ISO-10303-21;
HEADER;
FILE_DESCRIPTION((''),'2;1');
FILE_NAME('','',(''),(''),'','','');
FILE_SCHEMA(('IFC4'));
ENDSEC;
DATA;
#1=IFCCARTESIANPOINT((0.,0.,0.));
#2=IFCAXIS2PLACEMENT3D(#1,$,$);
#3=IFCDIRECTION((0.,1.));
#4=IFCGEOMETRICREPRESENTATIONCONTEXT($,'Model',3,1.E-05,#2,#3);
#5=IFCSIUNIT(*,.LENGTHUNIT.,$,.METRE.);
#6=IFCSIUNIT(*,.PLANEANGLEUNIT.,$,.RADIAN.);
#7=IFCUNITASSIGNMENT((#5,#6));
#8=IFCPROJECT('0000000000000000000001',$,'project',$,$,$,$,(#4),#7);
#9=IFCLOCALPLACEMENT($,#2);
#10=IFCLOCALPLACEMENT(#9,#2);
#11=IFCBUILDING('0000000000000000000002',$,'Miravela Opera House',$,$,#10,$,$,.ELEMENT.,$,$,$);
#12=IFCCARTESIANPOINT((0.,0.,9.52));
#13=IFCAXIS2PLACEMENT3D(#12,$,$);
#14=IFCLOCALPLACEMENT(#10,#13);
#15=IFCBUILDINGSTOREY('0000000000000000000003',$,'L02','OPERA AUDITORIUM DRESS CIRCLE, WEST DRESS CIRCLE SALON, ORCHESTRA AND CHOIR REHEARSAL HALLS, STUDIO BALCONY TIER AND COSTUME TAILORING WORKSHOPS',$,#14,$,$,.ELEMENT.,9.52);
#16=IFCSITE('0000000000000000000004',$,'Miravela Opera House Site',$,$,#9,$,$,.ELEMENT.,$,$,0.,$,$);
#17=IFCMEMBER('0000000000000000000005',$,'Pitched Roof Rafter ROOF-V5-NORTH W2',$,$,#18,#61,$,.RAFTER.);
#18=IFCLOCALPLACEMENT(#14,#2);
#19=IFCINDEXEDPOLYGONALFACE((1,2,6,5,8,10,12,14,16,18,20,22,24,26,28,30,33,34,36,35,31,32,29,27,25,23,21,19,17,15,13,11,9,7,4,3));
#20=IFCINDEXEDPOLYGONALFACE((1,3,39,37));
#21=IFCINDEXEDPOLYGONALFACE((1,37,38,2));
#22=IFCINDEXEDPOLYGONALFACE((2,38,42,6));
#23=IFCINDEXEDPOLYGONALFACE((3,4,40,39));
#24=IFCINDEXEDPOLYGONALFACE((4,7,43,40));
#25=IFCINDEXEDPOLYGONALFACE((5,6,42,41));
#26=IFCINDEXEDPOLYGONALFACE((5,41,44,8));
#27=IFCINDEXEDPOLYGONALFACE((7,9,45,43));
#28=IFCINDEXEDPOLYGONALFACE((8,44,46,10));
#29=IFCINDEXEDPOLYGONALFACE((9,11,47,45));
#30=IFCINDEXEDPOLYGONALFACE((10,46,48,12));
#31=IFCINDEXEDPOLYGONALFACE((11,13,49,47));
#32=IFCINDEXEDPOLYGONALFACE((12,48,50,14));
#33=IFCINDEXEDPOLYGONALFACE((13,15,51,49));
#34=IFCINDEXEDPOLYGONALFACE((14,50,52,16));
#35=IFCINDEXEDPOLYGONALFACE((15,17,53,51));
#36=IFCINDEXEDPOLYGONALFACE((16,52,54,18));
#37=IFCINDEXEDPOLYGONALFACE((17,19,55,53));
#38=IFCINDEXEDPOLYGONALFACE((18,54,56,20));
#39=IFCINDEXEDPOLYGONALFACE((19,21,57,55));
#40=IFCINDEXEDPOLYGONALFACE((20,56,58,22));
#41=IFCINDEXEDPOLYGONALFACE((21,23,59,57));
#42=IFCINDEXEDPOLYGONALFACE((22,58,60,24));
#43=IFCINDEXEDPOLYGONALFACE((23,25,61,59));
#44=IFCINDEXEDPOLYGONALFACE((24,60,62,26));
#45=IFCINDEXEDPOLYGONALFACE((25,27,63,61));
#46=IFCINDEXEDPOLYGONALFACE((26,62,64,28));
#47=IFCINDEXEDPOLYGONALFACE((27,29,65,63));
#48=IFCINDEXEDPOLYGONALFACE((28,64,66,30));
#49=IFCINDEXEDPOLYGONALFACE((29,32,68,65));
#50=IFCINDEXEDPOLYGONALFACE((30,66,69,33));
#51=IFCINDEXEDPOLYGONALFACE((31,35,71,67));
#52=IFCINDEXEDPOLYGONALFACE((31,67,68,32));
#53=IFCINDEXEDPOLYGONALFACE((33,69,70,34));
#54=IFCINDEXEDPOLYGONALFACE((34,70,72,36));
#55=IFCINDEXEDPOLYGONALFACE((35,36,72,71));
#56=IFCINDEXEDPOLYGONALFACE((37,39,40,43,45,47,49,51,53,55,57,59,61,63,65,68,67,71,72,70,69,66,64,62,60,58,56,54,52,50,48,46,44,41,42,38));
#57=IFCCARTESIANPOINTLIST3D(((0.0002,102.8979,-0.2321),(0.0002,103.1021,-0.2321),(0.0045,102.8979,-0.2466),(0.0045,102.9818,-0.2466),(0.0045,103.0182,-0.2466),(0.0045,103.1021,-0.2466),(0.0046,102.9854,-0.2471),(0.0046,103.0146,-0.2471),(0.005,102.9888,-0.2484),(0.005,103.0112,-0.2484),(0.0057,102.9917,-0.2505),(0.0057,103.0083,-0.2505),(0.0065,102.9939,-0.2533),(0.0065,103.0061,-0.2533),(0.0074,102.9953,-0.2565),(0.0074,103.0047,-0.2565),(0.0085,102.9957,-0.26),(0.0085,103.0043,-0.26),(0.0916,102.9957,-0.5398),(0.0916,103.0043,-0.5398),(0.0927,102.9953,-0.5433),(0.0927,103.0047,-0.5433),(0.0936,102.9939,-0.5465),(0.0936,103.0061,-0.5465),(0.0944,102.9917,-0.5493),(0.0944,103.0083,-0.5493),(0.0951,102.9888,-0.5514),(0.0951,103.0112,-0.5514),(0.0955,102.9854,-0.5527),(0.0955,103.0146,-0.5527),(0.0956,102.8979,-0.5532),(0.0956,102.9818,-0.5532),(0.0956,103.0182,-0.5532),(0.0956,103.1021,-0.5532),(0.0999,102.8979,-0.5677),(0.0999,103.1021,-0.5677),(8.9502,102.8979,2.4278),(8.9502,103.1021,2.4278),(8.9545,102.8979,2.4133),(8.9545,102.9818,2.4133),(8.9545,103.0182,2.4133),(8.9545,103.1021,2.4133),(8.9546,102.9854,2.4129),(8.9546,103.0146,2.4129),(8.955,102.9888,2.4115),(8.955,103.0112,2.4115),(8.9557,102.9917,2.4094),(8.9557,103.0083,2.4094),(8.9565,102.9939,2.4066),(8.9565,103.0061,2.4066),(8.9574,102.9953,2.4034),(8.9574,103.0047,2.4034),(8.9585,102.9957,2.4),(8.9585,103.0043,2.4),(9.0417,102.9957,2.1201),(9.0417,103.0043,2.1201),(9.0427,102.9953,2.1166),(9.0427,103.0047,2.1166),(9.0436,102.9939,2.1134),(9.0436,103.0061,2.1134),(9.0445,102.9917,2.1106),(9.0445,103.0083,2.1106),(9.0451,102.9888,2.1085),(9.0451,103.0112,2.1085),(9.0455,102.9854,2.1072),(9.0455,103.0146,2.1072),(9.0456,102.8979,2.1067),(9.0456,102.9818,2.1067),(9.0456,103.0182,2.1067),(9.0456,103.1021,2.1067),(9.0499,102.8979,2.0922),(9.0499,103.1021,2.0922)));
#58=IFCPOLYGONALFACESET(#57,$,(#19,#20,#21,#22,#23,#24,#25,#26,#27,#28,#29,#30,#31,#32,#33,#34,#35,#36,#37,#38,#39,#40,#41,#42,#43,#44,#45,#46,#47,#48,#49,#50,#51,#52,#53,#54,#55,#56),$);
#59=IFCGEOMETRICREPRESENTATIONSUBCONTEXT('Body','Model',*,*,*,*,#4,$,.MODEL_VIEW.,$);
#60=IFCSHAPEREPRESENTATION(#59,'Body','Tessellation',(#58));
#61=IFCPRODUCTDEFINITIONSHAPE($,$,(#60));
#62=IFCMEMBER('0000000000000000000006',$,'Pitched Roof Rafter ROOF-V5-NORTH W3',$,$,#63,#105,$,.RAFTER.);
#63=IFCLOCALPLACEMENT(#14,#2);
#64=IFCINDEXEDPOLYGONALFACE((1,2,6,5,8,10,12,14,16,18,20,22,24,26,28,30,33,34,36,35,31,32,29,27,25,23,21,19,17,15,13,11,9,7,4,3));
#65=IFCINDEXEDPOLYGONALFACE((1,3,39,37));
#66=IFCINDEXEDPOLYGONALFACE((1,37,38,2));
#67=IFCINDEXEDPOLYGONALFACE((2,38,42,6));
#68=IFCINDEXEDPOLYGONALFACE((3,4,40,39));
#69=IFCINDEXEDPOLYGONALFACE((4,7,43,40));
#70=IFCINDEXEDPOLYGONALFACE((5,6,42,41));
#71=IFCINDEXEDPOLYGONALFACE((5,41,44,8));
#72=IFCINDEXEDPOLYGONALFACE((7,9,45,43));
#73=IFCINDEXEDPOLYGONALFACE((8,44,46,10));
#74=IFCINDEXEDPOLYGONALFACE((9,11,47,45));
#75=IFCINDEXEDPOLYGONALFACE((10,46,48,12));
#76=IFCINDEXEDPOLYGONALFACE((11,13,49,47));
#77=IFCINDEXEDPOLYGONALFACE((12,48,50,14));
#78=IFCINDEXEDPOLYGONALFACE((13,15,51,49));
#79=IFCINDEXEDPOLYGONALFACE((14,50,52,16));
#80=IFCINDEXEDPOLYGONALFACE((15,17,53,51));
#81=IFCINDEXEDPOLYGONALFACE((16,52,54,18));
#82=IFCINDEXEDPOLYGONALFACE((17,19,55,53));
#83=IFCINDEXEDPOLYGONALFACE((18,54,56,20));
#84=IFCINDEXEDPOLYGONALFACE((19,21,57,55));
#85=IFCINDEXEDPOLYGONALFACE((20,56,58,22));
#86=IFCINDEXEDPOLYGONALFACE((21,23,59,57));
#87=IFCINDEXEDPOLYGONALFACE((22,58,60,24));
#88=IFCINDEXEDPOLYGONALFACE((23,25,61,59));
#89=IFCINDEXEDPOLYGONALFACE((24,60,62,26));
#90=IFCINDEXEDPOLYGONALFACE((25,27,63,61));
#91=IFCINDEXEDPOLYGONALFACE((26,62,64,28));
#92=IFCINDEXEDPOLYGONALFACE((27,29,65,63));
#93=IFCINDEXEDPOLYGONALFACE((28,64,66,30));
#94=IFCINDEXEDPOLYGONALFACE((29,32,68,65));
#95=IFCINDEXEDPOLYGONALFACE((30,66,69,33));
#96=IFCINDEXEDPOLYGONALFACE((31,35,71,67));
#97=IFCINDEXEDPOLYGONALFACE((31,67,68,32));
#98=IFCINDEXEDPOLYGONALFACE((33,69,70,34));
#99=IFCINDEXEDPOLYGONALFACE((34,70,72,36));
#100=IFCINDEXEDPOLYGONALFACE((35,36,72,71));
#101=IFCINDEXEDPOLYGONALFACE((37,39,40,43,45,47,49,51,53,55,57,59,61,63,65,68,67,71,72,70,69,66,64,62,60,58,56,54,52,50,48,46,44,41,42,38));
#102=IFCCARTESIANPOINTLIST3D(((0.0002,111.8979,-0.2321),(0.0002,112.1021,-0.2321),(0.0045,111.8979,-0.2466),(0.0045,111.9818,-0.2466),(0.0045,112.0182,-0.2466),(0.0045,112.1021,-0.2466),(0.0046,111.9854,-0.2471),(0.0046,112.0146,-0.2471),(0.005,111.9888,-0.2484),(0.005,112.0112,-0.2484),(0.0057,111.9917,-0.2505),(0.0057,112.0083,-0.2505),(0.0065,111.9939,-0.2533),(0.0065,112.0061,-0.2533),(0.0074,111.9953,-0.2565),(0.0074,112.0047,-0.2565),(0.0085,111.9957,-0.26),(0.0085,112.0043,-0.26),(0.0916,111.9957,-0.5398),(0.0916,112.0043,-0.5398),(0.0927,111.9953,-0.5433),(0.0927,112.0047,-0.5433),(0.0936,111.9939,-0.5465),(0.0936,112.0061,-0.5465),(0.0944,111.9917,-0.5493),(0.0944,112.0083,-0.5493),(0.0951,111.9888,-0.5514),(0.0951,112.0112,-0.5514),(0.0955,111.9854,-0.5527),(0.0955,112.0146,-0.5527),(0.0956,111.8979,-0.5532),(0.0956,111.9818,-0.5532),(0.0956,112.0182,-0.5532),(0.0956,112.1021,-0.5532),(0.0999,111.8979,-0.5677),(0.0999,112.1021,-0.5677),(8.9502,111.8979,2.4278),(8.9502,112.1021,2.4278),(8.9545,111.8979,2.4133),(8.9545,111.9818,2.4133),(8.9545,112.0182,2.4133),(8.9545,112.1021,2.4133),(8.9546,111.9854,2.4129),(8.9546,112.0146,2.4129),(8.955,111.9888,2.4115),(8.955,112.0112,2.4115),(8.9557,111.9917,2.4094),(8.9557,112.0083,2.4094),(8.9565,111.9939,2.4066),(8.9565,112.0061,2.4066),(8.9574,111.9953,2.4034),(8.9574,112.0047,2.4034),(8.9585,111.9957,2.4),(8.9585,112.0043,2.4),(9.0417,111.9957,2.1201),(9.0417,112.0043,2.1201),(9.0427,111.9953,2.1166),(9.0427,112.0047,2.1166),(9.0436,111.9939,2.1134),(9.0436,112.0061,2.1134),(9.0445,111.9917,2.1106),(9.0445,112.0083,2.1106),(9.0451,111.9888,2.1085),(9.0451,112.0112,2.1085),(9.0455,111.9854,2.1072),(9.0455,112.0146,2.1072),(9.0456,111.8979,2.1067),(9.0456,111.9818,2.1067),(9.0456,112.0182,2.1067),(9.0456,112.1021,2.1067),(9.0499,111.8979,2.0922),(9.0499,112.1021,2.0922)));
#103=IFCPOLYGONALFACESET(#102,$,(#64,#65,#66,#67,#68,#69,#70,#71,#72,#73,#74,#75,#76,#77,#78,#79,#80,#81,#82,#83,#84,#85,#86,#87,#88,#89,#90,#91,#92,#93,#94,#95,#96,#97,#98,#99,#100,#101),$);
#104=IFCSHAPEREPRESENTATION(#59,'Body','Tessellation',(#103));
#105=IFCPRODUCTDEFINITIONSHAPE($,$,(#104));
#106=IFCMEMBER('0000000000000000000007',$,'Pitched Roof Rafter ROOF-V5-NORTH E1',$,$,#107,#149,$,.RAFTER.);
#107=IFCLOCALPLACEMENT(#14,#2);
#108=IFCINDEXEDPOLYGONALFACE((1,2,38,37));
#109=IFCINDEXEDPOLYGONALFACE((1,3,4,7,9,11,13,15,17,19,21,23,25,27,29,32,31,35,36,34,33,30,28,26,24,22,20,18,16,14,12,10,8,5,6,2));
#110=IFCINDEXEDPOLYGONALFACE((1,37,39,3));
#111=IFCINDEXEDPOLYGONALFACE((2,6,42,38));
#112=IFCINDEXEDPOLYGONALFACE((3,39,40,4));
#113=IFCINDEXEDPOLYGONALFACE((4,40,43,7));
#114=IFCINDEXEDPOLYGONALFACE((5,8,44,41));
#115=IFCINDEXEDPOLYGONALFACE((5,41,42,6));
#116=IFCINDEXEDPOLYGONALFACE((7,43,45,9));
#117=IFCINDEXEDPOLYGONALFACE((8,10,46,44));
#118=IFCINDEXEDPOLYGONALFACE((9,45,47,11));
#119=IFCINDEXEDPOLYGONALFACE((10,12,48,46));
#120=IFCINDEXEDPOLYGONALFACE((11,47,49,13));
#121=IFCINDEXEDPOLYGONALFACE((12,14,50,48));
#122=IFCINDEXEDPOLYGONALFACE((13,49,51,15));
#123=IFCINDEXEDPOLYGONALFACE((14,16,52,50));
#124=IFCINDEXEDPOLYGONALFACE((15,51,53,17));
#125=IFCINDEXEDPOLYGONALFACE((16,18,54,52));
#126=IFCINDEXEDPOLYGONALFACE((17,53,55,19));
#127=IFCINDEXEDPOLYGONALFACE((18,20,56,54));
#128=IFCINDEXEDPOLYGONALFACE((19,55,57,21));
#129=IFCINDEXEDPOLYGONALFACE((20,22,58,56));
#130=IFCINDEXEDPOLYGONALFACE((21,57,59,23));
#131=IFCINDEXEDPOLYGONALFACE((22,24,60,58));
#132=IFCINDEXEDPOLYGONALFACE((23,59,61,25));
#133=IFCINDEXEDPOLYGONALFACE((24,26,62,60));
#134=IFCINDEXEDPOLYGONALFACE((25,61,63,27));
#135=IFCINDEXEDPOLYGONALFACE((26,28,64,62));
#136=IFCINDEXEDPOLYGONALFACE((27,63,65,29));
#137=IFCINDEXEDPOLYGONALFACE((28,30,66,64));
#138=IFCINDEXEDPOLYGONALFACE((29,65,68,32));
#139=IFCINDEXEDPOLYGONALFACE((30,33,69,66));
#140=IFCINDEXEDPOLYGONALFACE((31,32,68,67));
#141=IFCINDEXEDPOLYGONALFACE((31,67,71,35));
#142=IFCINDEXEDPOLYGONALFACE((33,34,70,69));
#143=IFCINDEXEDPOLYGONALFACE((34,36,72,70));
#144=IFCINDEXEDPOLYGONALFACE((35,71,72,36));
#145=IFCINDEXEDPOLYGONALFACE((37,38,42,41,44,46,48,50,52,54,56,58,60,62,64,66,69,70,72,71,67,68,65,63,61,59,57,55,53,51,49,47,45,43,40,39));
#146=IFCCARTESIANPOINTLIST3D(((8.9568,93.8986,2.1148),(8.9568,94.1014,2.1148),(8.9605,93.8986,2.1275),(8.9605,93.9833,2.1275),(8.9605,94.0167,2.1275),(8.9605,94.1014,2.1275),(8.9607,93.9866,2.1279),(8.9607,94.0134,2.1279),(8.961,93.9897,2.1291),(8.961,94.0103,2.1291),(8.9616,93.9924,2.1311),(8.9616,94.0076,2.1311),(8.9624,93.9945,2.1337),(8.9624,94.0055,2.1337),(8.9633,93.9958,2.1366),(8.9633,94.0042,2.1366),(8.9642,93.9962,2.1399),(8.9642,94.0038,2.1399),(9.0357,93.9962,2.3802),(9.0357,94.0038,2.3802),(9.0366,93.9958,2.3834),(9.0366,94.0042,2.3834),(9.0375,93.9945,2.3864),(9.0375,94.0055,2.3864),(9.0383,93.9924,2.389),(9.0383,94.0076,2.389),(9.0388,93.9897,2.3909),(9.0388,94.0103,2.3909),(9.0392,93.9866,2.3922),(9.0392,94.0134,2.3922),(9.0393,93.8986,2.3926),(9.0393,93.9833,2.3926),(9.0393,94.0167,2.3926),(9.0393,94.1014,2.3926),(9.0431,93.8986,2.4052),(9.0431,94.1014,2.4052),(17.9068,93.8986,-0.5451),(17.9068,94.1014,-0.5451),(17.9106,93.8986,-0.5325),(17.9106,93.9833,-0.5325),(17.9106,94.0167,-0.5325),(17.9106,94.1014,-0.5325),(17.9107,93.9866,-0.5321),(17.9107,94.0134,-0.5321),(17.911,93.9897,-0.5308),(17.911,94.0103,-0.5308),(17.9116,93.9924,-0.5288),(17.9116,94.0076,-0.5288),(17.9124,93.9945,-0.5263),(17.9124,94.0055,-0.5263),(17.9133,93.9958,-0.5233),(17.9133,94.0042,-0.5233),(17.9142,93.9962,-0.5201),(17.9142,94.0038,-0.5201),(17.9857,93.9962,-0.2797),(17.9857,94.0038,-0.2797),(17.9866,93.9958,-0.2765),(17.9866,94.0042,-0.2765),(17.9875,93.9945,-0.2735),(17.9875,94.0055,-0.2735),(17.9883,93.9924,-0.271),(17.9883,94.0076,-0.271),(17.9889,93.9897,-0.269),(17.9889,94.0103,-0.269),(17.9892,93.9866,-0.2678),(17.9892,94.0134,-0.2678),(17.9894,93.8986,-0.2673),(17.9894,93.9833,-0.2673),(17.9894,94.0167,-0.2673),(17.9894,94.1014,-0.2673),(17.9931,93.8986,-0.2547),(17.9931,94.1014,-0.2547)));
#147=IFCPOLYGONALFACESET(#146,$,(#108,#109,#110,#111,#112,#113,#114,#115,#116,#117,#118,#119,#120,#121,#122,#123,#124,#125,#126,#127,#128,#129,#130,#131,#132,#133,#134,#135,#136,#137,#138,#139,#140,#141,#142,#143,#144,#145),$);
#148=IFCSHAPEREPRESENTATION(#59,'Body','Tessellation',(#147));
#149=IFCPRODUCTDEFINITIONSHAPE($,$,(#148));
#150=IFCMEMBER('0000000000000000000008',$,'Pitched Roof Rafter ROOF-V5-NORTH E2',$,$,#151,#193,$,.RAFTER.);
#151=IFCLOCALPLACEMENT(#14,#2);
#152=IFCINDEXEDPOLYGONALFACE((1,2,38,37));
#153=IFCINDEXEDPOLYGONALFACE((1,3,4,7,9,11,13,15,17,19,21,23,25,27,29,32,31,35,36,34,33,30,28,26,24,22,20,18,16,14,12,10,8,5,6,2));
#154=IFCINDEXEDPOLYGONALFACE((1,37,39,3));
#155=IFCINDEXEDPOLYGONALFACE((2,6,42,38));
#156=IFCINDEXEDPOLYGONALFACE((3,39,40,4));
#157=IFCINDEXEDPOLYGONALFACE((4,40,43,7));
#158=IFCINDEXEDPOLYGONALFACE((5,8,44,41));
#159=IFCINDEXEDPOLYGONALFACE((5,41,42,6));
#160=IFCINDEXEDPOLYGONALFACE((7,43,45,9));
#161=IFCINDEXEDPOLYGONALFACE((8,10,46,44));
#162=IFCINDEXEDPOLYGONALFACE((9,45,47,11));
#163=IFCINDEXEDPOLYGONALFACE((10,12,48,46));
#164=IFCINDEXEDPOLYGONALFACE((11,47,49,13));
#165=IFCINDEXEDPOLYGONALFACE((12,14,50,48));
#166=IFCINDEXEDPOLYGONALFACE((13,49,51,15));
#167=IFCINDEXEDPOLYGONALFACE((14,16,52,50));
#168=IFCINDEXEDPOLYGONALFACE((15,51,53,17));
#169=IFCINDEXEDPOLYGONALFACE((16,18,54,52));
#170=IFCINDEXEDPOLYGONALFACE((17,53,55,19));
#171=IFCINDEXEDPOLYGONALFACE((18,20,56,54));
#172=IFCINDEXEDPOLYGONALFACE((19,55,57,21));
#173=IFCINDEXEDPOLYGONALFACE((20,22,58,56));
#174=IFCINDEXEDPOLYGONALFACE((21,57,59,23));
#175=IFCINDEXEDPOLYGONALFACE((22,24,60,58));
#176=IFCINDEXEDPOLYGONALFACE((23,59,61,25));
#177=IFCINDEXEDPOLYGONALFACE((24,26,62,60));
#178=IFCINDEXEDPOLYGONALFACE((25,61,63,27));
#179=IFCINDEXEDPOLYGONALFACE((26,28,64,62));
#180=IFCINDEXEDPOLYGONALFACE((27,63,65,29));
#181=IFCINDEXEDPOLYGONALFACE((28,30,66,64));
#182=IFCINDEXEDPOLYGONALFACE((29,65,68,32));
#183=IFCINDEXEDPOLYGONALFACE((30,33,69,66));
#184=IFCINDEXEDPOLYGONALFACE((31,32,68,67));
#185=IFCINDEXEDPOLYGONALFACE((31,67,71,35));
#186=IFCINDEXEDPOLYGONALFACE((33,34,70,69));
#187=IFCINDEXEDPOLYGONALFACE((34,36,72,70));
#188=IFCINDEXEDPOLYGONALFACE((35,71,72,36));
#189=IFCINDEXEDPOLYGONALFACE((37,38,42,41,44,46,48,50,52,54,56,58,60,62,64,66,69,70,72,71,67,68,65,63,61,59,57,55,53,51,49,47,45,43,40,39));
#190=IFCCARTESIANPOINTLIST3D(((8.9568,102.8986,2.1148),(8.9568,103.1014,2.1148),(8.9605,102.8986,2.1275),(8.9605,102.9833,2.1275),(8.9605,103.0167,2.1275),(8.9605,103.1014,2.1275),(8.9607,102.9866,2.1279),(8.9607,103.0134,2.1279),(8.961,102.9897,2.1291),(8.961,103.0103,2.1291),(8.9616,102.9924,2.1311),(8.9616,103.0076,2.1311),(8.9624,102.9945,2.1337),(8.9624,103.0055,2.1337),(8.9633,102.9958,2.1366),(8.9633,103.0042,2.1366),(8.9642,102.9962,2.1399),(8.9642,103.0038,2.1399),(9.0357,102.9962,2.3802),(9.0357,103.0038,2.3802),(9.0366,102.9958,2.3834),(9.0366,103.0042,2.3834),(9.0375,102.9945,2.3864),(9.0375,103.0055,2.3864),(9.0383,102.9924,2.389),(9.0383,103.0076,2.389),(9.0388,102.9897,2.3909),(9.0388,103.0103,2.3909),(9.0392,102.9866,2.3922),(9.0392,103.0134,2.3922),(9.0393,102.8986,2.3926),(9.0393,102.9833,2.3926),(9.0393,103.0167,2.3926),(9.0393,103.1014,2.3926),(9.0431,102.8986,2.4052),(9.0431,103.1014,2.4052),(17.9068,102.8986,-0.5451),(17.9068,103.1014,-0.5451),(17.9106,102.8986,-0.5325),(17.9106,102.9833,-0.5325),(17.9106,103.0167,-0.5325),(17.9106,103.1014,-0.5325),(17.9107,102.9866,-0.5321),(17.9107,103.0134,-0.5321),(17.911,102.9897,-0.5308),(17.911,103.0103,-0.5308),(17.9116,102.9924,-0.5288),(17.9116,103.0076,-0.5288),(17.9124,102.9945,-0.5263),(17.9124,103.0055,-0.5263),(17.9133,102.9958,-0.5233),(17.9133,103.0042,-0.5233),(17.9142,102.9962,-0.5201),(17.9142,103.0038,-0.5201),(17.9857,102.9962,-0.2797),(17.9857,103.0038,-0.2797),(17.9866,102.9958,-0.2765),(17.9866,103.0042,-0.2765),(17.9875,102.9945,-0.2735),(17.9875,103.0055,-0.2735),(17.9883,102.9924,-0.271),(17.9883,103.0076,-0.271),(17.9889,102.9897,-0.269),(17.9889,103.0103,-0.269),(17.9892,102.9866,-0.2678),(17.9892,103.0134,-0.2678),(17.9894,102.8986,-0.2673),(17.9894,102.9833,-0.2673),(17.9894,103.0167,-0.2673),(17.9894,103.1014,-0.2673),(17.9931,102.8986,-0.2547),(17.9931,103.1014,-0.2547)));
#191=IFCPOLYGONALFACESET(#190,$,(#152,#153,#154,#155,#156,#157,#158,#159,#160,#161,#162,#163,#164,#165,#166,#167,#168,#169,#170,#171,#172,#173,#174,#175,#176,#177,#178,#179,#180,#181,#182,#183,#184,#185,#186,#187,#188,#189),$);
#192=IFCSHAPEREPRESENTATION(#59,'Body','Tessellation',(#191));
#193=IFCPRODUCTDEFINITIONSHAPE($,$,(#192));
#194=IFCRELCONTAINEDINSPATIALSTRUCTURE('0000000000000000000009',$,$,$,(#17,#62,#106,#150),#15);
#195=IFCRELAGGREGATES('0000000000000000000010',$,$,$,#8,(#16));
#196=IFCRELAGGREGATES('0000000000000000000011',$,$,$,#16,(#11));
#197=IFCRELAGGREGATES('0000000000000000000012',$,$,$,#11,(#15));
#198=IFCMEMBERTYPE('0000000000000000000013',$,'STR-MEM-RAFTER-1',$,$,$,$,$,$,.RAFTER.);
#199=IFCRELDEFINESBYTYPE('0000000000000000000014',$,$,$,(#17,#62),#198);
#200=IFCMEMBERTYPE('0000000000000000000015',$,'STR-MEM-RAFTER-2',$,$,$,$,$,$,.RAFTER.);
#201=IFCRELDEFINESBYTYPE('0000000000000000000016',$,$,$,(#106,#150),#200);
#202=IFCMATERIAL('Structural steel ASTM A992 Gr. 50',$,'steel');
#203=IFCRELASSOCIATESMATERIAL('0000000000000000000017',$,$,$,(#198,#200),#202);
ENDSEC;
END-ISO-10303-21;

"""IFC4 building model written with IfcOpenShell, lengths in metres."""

from ifc_helpers import new_model, si_unit, direction, frame, origin, origin_2d, place, context, subcontext, project, spatial, i_section, extrude, material, material_profile, profile_set, type_object, element, save


model = new_model("IFC4")

# Units and contexts
model_context = context("Model", 3, precision=1e-05, world=origin(), true_north=direction((0.0, 1.0)))
body_context = subcontext(model_context, "Body", "Model", "MODEL_VIEW")
ifc_project = project(units=[si_unit("LENGTHUNIT", "METRE"), si_unit("PLANEANGLEUNIT", "RADIAN")], contexts=[model_context])

# Site, building, storey
site_placement = place(None, origin())
site = spatial("IfcSite", under=ifc_project, at=site_placement, Name="Miravela Opera House Site", CompositionType="ELEMENT", RefElevation=0.0)
building_placement = place(site_placement, origin())
building = spatial("IfcBuilding", under=site, at=building_placement, Name="Miravela Opera House", CompositionType="ELEMENT")
storey_placement = place(building_placement, frame((0.0, 0.0, 9.52)))
storey = spatial("IfcBuildingStorey", under=building, at=storey_placement, Name="L02", Description="OPERA AUDITORIUM DRESS CIRCLE, WEST DRESS CIRCLE SALON, ORCHESTRA AND CHOIR REHEARSAL HALLS, STUDIO BALCONY TIER AND COSTUME TAILORING WORKSHOPS", CompositionType="ELEMENT", Elevation=9.52)

# Members
ifc_material_1 = material(Name="Structural steel ASTM A992 Gr. 50", Category="steel")
ifc_material_profile_1 = material_profile(ifc_material_1, i_section(OverallWidth=0.2041, OverallDepth=0.3501, WebThickness=0.0085, FlangeThickness=0.0151, FilletRadius=0.0139, at=origin_2d()), Name="W360X72")
ifc_profile_set_1 = profile_set([ifc_material_profile_1])
member_type_1 = type_object("IfcMemberType", Name="STR-MEM-RAFTER-1", PredefinedType="RAFTER", material=ifc_profile_set_1)
for number, where, z_axis, x_axis, name in (
    (1, (0.05, 103.0, -0.3999), (0.958562, 0.0, 0.284883), (0.0, 1.0, 0.0), "Pitched Roof Rafter ROOF-V5-NORTH W2"),
    (2, (0.05, 112.0, -0.3999), (0.958562, 0.0, 0.284883), (0.0, 1.0, 0.0), "Pitched Roof Rafter ROOF-V5-NORTH W3"),
):
    element("IfcMember", number, at=place(storey_placement, frame(where, z_axis=z_axis, x_axis=x_axis)), inside=storey, type_object=member_type_1, Name=name, PredefinedType="RAFTER", context=body_context, shape_type="SweptSolid", body=[
        extrude(i_section(OverallWidth=0.2041, OverallDepth=0.3501, WebThickness=0.0085, FlangeThickness=0.0151, FilletRadius=0.0139, at=origin_2d()), origin(), (0.0, 0.0, 1.0), 9.3369),
    ])
ifc_material_profile_2 = material_profile(ifc_material_1, i_section(OverallWidth=0.2029, OverallDepth=0.303, WebThickness=0.0076, FlangeThickness=0.0132, FilletRadius=0.0129, at=origin_2d()), Name="W310X60")
ifc_profile_set_2 = profile_set([ifc_material_profile_2])
member_type_2 = type_object("IfcMemberType", Name="STR-MEM-RAFTER-2", PredefinedType="RAFTER", material=ifc_profile_set_2)
for number, where, z_axis, x_axis, name in (
    (3, (17.95, 94.0, -0.3999), (-0.958562, 0.0, 0.284883), (0.0, -1.0, 0.0), "Pitched Roof Rafter ROOF-V5-NORTH E1"),
    (4, (17.95, 103.0, -0.3999), (-0.958562, 0.0, 0.284883), (0.0, -1.0, 0.0), "Pitched Roof Rafter ROOF-V5-NORTH E2"),
):
    element("IfcMember", number, at=place(storey_placement, frame(where, z_axis=z_axis, x_axis=x_axis)), inside=storey, type_object=member_type_2, Name=name, PredefinedType="RAFTER", context=body_context, shape_type="SweptSolid", body=[
        extrude(i_section(OverallWidth=0.2029, OverallDepth=0.303, WebThickness=0.0076, FlangeThickness=0.0132, FilletRadius=0.0129, at=origin_2d()), origin(), (0.0, 0.0, 1.0), 9.3369),
    ])

save(model, "model.ifc")
